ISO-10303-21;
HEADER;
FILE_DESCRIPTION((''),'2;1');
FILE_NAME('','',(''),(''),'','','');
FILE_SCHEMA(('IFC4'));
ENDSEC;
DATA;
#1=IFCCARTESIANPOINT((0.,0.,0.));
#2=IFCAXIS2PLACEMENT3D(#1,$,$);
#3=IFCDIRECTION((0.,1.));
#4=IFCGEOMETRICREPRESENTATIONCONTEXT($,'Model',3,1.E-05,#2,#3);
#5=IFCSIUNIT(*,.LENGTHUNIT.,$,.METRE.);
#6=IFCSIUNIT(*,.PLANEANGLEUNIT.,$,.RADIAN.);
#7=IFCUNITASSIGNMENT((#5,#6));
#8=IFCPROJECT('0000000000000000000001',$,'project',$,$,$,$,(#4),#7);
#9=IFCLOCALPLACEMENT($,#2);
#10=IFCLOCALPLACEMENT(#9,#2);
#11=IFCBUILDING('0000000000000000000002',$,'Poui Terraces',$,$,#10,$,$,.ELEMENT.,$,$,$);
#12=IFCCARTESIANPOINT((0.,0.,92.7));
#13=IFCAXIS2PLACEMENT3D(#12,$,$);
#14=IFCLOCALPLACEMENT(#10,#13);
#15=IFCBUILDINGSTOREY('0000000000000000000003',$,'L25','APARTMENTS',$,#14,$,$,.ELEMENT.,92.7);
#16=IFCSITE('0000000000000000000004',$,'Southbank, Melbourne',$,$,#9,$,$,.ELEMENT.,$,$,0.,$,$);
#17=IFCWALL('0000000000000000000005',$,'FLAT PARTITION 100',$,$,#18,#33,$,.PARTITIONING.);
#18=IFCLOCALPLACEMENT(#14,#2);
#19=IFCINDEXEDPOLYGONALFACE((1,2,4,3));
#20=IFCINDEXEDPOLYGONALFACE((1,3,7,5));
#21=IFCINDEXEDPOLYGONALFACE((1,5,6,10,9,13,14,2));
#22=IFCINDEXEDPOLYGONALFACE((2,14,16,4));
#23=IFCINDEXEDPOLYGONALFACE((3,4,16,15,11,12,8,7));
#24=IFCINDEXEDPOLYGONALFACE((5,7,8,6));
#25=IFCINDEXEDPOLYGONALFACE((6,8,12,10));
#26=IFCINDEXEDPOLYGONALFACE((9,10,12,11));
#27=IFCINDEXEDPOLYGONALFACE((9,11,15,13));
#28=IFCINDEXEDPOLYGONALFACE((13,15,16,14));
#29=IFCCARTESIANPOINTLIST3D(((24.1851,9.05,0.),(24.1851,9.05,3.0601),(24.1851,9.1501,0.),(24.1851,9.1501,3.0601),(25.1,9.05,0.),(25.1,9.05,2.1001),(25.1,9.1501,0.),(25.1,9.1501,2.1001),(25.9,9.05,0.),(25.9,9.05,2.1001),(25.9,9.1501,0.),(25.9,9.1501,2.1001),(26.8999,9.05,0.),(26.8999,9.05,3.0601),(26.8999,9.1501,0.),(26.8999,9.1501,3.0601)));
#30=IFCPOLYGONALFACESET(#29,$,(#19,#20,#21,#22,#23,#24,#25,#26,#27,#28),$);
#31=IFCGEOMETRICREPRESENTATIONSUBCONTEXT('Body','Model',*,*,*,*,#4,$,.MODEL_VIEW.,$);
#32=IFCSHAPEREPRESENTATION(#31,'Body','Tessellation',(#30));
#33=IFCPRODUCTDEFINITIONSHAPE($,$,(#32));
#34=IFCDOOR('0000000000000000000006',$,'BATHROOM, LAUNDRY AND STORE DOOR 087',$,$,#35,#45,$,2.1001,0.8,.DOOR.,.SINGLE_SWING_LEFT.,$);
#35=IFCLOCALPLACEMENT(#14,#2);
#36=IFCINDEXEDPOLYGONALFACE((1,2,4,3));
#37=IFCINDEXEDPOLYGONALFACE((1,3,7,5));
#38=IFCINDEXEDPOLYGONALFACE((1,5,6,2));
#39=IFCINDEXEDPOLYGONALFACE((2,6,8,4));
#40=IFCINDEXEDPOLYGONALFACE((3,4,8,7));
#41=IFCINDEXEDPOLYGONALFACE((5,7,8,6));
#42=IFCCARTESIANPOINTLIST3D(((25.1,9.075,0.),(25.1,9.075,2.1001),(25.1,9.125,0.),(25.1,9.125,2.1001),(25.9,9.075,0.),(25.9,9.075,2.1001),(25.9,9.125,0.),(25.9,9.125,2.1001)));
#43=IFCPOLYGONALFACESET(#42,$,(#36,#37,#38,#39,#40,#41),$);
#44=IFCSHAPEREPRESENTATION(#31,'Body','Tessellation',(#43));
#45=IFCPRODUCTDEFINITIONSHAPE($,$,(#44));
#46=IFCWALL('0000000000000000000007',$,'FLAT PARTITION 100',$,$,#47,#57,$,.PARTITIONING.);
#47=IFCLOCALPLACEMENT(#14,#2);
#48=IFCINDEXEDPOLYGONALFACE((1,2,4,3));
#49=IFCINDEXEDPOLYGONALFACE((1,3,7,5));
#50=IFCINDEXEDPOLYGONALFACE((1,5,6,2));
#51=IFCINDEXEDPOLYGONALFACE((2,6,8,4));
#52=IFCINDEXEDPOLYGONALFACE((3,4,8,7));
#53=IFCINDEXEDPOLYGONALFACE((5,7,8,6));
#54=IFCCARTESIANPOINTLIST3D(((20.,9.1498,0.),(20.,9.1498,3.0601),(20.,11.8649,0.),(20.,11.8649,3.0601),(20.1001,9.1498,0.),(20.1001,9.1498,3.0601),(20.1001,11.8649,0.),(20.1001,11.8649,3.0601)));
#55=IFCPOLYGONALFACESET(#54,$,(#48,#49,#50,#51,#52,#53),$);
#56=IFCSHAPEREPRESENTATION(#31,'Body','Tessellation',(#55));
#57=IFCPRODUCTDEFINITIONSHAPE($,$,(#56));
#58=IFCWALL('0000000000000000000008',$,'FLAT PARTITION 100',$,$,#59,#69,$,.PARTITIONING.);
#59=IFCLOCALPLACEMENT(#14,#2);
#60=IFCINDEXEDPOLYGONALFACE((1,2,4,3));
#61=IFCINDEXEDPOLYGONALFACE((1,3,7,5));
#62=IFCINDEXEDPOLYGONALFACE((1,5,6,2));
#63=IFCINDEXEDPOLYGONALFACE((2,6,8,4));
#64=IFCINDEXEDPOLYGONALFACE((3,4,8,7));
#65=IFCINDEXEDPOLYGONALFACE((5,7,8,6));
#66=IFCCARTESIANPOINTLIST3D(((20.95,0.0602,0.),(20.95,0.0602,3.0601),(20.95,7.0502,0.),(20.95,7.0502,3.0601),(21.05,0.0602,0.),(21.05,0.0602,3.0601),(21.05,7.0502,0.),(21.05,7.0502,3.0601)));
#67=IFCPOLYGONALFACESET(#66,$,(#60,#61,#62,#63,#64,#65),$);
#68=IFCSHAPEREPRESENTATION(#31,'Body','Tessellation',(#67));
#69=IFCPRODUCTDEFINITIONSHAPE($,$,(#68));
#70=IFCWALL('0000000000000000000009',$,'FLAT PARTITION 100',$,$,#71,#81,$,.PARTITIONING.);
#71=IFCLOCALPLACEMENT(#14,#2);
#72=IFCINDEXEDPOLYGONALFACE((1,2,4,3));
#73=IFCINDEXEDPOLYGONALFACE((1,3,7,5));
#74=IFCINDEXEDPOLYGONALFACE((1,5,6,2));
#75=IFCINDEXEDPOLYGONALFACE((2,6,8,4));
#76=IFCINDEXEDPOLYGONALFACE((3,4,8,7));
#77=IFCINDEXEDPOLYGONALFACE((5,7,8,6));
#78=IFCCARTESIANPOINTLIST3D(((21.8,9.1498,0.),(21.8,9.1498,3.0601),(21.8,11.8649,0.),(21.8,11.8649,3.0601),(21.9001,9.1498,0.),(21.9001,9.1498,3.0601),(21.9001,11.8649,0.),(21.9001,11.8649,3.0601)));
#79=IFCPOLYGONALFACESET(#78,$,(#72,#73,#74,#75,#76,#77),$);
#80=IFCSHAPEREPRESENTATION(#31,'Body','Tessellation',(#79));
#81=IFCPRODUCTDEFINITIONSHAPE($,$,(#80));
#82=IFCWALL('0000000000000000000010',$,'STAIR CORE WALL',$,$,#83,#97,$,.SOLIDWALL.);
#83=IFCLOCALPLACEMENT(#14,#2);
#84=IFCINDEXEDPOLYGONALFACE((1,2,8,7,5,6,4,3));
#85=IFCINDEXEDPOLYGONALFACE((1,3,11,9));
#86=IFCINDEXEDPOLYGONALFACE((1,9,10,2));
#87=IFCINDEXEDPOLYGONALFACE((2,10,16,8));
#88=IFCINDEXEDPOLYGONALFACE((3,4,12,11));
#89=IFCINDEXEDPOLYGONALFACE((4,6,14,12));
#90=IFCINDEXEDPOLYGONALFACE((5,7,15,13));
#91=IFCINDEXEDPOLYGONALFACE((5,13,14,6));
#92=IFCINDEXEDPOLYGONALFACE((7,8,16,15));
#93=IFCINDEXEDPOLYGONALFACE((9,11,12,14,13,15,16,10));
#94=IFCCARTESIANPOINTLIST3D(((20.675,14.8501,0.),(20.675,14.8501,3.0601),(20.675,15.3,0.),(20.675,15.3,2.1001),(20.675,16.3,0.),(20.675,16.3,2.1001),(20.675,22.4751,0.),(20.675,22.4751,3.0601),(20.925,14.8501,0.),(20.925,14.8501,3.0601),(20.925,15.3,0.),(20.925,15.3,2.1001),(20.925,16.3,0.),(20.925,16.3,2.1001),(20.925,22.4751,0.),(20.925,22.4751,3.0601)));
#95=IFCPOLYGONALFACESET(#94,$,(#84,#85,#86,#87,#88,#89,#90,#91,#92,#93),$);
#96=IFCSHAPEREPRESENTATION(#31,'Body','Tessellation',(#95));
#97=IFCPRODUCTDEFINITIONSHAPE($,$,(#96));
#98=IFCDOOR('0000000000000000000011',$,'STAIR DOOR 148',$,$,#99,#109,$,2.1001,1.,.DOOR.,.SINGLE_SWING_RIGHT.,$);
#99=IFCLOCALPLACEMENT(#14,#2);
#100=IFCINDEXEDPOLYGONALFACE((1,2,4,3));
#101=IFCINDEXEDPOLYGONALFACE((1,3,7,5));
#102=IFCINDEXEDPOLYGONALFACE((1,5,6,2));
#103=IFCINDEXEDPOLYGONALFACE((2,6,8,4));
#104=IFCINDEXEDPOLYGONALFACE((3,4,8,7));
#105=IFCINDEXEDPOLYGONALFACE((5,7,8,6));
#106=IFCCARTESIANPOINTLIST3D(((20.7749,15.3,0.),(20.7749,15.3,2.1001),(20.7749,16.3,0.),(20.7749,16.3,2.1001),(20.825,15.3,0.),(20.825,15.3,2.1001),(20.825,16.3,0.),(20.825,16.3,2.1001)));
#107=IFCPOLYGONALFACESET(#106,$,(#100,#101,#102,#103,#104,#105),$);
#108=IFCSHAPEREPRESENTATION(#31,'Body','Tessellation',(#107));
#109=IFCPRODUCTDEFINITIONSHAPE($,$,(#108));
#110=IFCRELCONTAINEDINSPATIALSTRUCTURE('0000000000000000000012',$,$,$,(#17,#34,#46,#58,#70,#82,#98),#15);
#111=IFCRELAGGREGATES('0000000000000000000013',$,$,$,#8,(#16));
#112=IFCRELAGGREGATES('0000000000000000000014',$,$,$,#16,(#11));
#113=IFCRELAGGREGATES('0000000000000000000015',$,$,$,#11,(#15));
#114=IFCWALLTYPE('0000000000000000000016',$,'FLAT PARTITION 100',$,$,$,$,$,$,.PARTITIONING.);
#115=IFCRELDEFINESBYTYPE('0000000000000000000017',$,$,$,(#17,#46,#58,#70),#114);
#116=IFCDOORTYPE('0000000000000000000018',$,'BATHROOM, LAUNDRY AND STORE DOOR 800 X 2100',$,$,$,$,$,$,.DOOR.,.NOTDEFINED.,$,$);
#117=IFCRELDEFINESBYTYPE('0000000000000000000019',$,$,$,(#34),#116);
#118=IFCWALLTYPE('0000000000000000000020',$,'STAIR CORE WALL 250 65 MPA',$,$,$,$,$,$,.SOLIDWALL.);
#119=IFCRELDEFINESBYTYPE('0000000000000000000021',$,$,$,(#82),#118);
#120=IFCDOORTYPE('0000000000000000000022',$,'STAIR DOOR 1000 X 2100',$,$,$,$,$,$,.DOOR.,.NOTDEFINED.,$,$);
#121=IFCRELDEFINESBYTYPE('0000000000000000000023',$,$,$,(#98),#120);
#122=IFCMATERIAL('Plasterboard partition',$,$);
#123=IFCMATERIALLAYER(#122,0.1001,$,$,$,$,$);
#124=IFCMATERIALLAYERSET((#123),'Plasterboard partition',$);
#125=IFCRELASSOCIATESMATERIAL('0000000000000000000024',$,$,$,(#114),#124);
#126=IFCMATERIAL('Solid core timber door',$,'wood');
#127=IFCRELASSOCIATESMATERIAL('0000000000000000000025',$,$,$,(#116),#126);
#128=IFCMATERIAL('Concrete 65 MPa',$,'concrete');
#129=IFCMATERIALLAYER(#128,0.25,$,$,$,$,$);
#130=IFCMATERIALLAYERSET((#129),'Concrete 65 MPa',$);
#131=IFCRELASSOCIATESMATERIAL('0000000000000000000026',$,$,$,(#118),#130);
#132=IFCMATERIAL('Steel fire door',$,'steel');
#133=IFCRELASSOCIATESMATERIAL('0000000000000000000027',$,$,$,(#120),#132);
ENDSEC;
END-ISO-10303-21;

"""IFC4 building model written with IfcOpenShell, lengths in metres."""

from ifc_helpers import new_model, si_unit, direction, frame, frame_2d, origin, place, context, subcontext, project, spatial, rectangle, extrude, material, layer, layer_set, type_object, element, fill, save


model = new_model("IFC4")

# Units and contexts
model_context = context("Model", 3, precision=1e-05, world=origin(), true_north=direction((0.0, 1.0)))
body_context = subcontext(model_context, "Body", "Model", "MODEL_VIEW")
ifc_project = project(units=[si_unit("LENGTHUNIT", "METRE"), si_unit("PLANEANGLEUNIT", "RADIAN")], contexts=[model_context])

# Site, building, storey
site_placement = place(None, origin())
site = spatial("IfcSite", under=ifc_project, at=site_placement, Name="Southbank, Melbourne", CompositionType="ELEMENT", RefElevation=0.0)
building_placement = place(site_placement, origin())
building = spatial("IfcBuilding", under=site, at=building_placement, Name="Poui Terraces", CompositionType="ELEMENT")
storey_placement = place(building_placement, frame((0.0, 0.0, 92.7)))
storey = spatial("IfcBuildingStorey", under=building, at=storey_placement, Name="L25", Description="APARTMENTS", CompositionType="ELEMENT", Elevation=92.7)

# Shared definitions
ifc_material_1 = material(Name="Concrete 65 MPa", Category="concrete")

# Wall, opening, door
ifc_material_2 = material(Name="Solid core timber door", Category="wood")
ifc_material_3 = material(Name="Plasterboard partition")
ifc_layer_1 = layer(ifc_material_3, 0.1001)
ifc_layer_set_1 = layer_set([ifc_layer_1], Name="Plasterboard partition")
wall_type_1 = type_object("IfcWallType", Name="FLAT PARTITION 100", PredefinedType="PARTITIONING", material=ifc_layer_set_1)
door_type_1 = type_object("IfcDoorType", Name="BATHROOM, LAUNDRY AND STORE DOOR 800 X 2100", OperationType="NOTDEFINED", PredefinedType="DOOR", material=ifc_material_2)
wall_1_placement = place(storey_placement, frame((24.1851, 9.1001, 0.0), z_axis=(0.0, 0.0, 1.0), x_axis=(1.0, 0.0, 0.0)))
wall_1 = element("IfcWall", 1, at=wall_1_placement, inside=storey, type_object=wall_type_1, Name="FLAT PARTITION 100", PredefinedType="PARTITIONING", context=body_context, shape_type="SweptSolid", body=[
    extrude(rectangle(XDim=2.7148, YDim=0.1001, at=frame_2d((1.3574, 0.0))), origin(), (0.0, 0.0, 1.0), 3.0601),
])
opening_1_placement = place(wall_1_placement, frame((0.915, 0.0, 0.0)))
opening_1 = element("IfcOpeningElement", 2, at=opening_1_placement, cuts=wall_1, PredefinedType="OPENING", context=body_context, shape_type="SweptSolid", body=[
    extrude(rectangle(XDim=0.8, YDim=2.1001, at=frame_2d((0.3999, 1.05))), frame((0.0, 0.0601, 0.0), z_axis=(0.0, -1.0, 0.0), x_axis=(1.0, 0.0, 0.0)), (0.0, 0.0, 1.0), 0.1201),
])
door_1_placement = place(opening_1_placement, origin())
door_1 = element("IfcDoor", 3, at=door_1_placement, inside=storey, type_object=door_type_1, Name="BATHROOM, LAUNDRY AND STORE DOOR 087", OperationType="SINGLE_SWING_LEFT", OverallHeight=2.1001, OverallWidth=0.8, PredefinedType="DOOR", context=body_context, shape_type="SweptSolid", body=[
    extrude(rectangle(XDim=0.8, YDim=2.1001, at=frame_2d((0.3999, 1.05))), frame((0.0, 0.0249, 0.0), z_axis=(0.0, -1.0, 0.0), x_axis=(1.0, 0.0, 0.0)), (0.0, 0.0, 1.0), 0.05),
])
fill(opening_1, door_1)

# Walls
wall_2_placement = place(storey_placement, frame((20.05, 9.1499, 0.0), z_axis=(0.0, 0.0, 1.0), x_axis=(0.0, 1.0, 0.0)))
element("IfcWall", 4, at=wall_2_placement, inside=storey, type_object=wall_type_1, Name="FLAT PARTITION 100", PredefinedType="PARTITIONING", context=body_context, shape_type="SweptSolid", body=[
    extrude(rectangle(XDim=2.7151, YDim=0.1001, at=frame_2d((1.3574, 0.0))), origin(), (0.0, 0.0, 1.0), 3.0601),
])
wall_3_placement = place(storey_placement, frame((21.0, 0.0601, 0.0), z_axis=(0.0, 0.0, 1.0), x_axis=(0.0, 1.0, 0.0)))
element("IfcWall", 5, at=wall_3_placement, inside=storey, type_object=wall_type_1, Name="FLAT PARTITION 100", PredefinedType="PARTITIONING", context=body_context, shape_type="SweptSolid", body=[
    extrude(rectangle(XDim=6.99, YDim=0.1001, at=frame_2d((3.4951, 0.0))), origin(), (0.0, 0.0, 1.0), 3.0601),
])
wall_4_placement = place(storey_placement, frame((21.8501, 9.1499, 0.0), z_axis=(0.0, 0.0, 1.0), x_axis=(0.0, 1.0, 0.0)))
element("IfcWall", 6, at=wall_4_placement, inside=storey, type_object=wall_type_1, Name="FLAT PARTITION 100", PredefinedType="PARTITIONING", context=body_context, shape_type="SweptSolid", body=[
    extrude(rectangle(XDim=2.7151, YDim=0.1001, at=frame_2d((1.3574, 0.0))), origin(), (0.0, 0.0, 1.0), 3.0601),
])

# Wall, opening, door
ifc_layer_2 = layer(ifc_material_1, 0.25)
ifc_layer_set_2 = layer_set([ifc_layer_2], Name="Concrete 65 MPa")
wall_type_2 = type_object("IfcWallType", Name="STAIR CORE WALL 250 65 MPA", PredefinedType="SOLIDWALL", material=ifc_layer_set_2)
wall_5_placement = place(storey_placement, frame((20.8, 14.8501, 0.0), z_axis=(0.0, 0.0, 1.0), x_axis=(0.0, 1.0, 0.0)))
wall_5 = element("IfcWall", 7, at=wall_5_placement, inside=storey, type_object=wall_type_2, Name="STAIR CORE WALL", PredefinedType="SOLIDWALL", context=body_context, shape_type="SweptSolid", body=[
    extrude(rectangle(XDim=7.625, YDim=0.25, at=frame_2d((3.8125, 0.0))), origin(), (0.0, 0.0, 1.0), 3.0601),
])
opening_2_placement = place(wall_5_placement, frame((0.45, 0.0, 0.0)))
opening_2 = element("IfcOpeningElement", 8, at=opening_2_placement, cuts=wall_5, PredefinedType="OPENING", context=body_context, shape_type="SweptSolid", body=[
    extrude(rectangle(XDim=1.0, YDim=2.1001, at=frame_2d((0.5, 1.05))), frame((0.0, 0.135, 0.0), z_axis=(0.0, -1.0, 0.0), x_axis=(1.0, 0.0, 0.0)), (0.0, 0.0, 1.0), 0.27),
])
ifc_material_4 = material(Name="Steel fire door", Category="steel")
door_type_2 = type_object("IfcDoorType", Name="STAIR DOOR 1000 X 2100", OperationType="NOTDEFINED", PredefinedType="DOOR", material=ifc_material_4)
door_2_placement = place(opening_2_placement, frame((1.0, 0.0, 0.0), z_axis=(0.0, 0.0, 1.0), x_axis=(-1.0, 0.0, 0.0)))
door_2 = element("IfcDoor", 9, at=door_2_placement, inside=storey, type_object=door_type_2, Name="STAIR DOOR 148", OperationType="SINGLE_SWING_RIGHT", OverallHeight=2.1001, OverallWidth=1.0, PredefinedType="DOOR", context=body_context, shape_type="SweptSolid", body=[
    extrude(rectangle(XDim=1.0, YDim=2.1001, at=frame_2d((0.5, 1.05))), frame((0.0, 0.0249, 0.0), z_axis=(0.0, -1.0, 0.0), x_axis=(1.0, 0.0, 0.0)), (0.0, 0.0, 1.0), 0.05),
])
fill(opening_2, door_2)

save(model, "model.ifc")
